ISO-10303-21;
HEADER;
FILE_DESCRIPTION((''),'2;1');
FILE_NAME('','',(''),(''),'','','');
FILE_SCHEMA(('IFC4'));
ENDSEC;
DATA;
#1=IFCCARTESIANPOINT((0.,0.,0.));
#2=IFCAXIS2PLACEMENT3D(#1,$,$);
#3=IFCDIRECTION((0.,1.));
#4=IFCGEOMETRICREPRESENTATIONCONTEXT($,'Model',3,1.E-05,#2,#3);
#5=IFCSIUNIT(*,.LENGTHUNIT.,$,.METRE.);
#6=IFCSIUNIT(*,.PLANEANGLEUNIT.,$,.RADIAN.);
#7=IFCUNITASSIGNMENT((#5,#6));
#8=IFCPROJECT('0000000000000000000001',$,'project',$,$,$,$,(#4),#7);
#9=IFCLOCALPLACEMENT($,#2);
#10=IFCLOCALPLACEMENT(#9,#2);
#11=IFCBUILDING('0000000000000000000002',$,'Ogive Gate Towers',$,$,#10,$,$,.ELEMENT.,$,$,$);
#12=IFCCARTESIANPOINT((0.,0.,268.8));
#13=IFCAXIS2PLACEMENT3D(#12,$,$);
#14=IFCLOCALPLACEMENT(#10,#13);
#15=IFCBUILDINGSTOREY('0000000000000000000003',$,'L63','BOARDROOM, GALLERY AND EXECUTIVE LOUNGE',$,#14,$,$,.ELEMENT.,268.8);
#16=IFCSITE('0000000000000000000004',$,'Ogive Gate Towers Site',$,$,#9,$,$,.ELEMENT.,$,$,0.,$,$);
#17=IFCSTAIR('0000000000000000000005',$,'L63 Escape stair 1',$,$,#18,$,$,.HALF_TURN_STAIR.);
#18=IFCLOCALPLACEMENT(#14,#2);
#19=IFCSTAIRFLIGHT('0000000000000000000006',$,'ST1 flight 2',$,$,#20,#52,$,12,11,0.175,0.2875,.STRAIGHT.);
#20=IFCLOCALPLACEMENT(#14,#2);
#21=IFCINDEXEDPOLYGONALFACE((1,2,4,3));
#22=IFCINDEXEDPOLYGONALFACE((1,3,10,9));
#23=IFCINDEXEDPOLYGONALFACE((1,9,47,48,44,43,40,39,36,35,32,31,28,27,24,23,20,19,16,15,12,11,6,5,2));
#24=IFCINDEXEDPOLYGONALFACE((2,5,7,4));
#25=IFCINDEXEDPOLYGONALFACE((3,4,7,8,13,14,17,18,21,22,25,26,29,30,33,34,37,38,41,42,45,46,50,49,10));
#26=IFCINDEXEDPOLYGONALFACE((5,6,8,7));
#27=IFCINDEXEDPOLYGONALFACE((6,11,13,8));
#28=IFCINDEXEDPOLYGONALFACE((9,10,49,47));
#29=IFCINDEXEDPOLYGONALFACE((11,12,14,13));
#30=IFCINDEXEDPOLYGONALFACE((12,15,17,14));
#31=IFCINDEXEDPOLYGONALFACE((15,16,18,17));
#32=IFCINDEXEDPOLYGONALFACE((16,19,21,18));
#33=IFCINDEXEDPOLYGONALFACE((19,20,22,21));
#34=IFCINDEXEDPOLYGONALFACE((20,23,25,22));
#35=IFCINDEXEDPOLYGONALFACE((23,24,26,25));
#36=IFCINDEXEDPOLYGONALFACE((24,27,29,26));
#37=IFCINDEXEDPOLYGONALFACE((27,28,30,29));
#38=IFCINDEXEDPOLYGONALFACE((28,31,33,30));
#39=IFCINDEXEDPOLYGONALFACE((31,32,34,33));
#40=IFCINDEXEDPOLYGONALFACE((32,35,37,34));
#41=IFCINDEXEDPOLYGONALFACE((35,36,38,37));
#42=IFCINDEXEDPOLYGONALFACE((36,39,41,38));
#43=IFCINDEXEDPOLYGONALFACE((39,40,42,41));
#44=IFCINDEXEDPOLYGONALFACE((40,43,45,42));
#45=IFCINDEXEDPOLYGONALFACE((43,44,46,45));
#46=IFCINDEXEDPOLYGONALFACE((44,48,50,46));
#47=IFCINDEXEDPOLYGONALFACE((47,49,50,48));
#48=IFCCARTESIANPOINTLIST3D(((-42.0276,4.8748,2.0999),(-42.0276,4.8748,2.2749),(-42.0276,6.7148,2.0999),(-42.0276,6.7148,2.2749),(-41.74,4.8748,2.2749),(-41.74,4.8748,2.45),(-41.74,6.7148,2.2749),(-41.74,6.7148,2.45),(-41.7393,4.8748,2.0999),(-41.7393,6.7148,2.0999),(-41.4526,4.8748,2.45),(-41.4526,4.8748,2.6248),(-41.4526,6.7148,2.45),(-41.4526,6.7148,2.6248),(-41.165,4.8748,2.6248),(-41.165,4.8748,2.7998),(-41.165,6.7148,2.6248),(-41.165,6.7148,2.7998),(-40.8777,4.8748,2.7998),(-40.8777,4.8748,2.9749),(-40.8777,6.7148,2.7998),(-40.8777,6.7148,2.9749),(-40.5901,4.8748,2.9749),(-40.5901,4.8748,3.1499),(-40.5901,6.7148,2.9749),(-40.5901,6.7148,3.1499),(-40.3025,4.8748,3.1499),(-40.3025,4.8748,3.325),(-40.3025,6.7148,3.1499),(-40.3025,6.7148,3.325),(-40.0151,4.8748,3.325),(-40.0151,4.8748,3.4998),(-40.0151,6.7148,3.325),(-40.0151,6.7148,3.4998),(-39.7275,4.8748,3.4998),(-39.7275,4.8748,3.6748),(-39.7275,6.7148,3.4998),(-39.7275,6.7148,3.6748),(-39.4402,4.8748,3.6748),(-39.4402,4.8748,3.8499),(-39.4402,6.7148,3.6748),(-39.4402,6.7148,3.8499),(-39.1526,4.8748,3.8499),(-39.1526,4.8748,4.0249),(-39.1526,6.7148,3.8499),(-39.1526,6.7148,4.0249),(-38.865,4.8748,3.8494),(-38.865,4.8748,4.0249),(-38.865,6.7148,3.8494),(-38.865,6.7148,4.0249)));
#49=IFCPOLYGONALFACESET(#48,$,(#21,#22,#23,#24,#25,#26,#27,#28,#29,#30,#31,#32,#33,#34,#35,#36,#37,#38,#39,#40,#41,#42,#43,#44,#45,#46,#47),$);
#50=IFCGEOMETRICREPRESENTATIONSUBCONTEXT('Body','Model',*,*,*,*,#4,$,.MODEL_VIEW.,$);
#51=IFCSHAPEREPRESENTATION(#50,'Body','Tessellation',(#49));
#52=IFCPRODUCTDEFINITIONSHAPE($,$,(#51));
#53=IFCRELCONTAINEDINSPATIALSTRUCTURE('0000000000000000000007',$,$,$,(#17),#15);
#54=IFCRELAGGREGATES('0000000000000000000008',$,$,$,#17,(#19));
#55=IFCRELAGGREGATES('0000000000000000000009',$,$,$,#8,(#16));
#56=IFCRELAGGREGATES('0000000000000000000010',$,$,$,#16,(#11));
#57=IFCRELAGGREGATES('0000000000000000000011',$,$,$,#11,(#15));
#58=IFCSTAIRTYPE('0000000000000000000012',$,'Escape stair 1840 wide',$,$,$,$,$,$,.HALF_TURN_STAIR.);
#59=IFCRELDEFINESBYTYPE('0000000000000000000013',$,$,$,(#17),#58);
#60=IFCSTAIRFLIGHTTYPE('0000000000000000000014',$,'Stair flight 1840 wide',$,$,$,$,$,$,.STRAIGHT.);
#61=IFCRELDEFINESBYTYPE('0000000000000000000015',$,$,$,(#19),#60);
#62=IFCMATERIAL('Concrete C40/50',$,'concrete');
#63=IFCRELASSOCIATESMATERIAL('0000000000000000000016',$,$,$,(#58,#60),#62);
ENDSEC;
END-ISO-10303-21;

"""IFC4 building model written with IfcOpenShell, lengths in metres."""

from ifc_helpers import new_model, si_unit, direction, frame, origin, place, context, subcontext, project, spatial, polyline, outline, extrude, material, type_object, element, aggregate, save


model = new_model("IFC4")

# Units and contexts
model_context = context("Model", 3, precision=1e-05, world=origin(), true_north=direction((0.0, 1.0)))
body_context = subcontext(model_context, "Body", "Model", "MODEL_VIEW")
ifc_project = project(units=[si_unit("LENGTHUNIT", "METRE"), si_unit("PLANEANGLEUNIT", "RADIAN")], contexts=[model_context])

# Site, building, storey
site_placement = place(None, origin())
site = spatial("IfcSite", under=ifc_project, at=site_placement, Name="Ogive Gate Towers Site", CompositionType="ELEMENT", RefElevation=0.0)
building_placement = place(site_placement, origin())
building = spatial("IfcBuilding", under=site, at=building_placement, Name="Ogive Gate Towers", CompositionType="ELEMENT")
storey_placement = place(building_placement, frame((0.0, 0.0, 268.8)))
storey = spatial("IfcBuildingStorey", under=building, at=storey_placement, Name="L63", Description="BOARDROOM, GALLERY AND EXECUTIVE LOUNGE", CompositionType="ELEMENT", Elevation=268.8)

# Stair, stair flight
ifc_material_1 = material(Name="Concrete C40/50", Category="concrete")
stair_type = type_object("IfcStairType", Name="Escape stair 1840 wide", PredefinedType="HALF_TURN_STAIR", material=ifc_material_1)
stair_placement = place(storey_placement, origin())
stair = element("IfcStair", 1, at=stair_placement, inside=storey, type_object=stair_type, Name="L63 Escape stair 1", PredefinedType="HALF_TURN_STAIR")
stair_flight_type = type_object("IfcStairFlightType", Name="Stair flight 1840 wide", PredefinedType="STRAIGHT", material=ifc_material_1)
stair_flight_1_placement = place(storey_placement, frame((-42.0276, 5.7949, 2.0999), z_axis=(0.0, 0.0, 1.0), x_axis=(1.0, 0.0, 0.0)))
stair_flight_1 = element("IfcStairFlight", 2, at=stair_flight_1_placement, type_object=stair_flight_type, Name="ST1 flight 2", NumberOfRisers=12, NumberOfTreads=11, PredefinedType="STRAIGHT", RiserHeight=0.175, TreadLength=0.2875, context=body_context, shape_type="SweptSolid", body=[
    extrude(outline(polyline([(0.0, 0.0), (0.0, 0.175), (0.2876, 0.175), (0.2876, 0.3501), (0.575, 0.3501), (0.575, 0.5249), (0.8625, 0.5249), (0.8625, 0.7), (1.1499, 0.7), (1.1499, 0.875), (1.4375, 0.875), (1.4375, 1.05), (1.7251, 1.05), (1.7251, 1.2251), (2.0125, 1.2251), (2.0125, 1.3999), (2.3, 1.3999), (2.3, 1.575), (2.5874, 1.575), (2.5874, 1.75), (2.875, 1.75), (2.875, 1.925), (3.1626, 1.925), (3.1626, 2.1001), (3.1626, 1.7495), (0.2883, 0.0), (0.0, 0.0)])), frame((0.0, 0.9199, 0.0), z_axis=(0.0, -1.0, 0.0), x_axis=(1.0, 0.0, 0.0)), (0.0, 0.0, 1.0), 1.8401),
])
aggregate(stair, [stair_flight_1])

save(model, "model.ifc")
